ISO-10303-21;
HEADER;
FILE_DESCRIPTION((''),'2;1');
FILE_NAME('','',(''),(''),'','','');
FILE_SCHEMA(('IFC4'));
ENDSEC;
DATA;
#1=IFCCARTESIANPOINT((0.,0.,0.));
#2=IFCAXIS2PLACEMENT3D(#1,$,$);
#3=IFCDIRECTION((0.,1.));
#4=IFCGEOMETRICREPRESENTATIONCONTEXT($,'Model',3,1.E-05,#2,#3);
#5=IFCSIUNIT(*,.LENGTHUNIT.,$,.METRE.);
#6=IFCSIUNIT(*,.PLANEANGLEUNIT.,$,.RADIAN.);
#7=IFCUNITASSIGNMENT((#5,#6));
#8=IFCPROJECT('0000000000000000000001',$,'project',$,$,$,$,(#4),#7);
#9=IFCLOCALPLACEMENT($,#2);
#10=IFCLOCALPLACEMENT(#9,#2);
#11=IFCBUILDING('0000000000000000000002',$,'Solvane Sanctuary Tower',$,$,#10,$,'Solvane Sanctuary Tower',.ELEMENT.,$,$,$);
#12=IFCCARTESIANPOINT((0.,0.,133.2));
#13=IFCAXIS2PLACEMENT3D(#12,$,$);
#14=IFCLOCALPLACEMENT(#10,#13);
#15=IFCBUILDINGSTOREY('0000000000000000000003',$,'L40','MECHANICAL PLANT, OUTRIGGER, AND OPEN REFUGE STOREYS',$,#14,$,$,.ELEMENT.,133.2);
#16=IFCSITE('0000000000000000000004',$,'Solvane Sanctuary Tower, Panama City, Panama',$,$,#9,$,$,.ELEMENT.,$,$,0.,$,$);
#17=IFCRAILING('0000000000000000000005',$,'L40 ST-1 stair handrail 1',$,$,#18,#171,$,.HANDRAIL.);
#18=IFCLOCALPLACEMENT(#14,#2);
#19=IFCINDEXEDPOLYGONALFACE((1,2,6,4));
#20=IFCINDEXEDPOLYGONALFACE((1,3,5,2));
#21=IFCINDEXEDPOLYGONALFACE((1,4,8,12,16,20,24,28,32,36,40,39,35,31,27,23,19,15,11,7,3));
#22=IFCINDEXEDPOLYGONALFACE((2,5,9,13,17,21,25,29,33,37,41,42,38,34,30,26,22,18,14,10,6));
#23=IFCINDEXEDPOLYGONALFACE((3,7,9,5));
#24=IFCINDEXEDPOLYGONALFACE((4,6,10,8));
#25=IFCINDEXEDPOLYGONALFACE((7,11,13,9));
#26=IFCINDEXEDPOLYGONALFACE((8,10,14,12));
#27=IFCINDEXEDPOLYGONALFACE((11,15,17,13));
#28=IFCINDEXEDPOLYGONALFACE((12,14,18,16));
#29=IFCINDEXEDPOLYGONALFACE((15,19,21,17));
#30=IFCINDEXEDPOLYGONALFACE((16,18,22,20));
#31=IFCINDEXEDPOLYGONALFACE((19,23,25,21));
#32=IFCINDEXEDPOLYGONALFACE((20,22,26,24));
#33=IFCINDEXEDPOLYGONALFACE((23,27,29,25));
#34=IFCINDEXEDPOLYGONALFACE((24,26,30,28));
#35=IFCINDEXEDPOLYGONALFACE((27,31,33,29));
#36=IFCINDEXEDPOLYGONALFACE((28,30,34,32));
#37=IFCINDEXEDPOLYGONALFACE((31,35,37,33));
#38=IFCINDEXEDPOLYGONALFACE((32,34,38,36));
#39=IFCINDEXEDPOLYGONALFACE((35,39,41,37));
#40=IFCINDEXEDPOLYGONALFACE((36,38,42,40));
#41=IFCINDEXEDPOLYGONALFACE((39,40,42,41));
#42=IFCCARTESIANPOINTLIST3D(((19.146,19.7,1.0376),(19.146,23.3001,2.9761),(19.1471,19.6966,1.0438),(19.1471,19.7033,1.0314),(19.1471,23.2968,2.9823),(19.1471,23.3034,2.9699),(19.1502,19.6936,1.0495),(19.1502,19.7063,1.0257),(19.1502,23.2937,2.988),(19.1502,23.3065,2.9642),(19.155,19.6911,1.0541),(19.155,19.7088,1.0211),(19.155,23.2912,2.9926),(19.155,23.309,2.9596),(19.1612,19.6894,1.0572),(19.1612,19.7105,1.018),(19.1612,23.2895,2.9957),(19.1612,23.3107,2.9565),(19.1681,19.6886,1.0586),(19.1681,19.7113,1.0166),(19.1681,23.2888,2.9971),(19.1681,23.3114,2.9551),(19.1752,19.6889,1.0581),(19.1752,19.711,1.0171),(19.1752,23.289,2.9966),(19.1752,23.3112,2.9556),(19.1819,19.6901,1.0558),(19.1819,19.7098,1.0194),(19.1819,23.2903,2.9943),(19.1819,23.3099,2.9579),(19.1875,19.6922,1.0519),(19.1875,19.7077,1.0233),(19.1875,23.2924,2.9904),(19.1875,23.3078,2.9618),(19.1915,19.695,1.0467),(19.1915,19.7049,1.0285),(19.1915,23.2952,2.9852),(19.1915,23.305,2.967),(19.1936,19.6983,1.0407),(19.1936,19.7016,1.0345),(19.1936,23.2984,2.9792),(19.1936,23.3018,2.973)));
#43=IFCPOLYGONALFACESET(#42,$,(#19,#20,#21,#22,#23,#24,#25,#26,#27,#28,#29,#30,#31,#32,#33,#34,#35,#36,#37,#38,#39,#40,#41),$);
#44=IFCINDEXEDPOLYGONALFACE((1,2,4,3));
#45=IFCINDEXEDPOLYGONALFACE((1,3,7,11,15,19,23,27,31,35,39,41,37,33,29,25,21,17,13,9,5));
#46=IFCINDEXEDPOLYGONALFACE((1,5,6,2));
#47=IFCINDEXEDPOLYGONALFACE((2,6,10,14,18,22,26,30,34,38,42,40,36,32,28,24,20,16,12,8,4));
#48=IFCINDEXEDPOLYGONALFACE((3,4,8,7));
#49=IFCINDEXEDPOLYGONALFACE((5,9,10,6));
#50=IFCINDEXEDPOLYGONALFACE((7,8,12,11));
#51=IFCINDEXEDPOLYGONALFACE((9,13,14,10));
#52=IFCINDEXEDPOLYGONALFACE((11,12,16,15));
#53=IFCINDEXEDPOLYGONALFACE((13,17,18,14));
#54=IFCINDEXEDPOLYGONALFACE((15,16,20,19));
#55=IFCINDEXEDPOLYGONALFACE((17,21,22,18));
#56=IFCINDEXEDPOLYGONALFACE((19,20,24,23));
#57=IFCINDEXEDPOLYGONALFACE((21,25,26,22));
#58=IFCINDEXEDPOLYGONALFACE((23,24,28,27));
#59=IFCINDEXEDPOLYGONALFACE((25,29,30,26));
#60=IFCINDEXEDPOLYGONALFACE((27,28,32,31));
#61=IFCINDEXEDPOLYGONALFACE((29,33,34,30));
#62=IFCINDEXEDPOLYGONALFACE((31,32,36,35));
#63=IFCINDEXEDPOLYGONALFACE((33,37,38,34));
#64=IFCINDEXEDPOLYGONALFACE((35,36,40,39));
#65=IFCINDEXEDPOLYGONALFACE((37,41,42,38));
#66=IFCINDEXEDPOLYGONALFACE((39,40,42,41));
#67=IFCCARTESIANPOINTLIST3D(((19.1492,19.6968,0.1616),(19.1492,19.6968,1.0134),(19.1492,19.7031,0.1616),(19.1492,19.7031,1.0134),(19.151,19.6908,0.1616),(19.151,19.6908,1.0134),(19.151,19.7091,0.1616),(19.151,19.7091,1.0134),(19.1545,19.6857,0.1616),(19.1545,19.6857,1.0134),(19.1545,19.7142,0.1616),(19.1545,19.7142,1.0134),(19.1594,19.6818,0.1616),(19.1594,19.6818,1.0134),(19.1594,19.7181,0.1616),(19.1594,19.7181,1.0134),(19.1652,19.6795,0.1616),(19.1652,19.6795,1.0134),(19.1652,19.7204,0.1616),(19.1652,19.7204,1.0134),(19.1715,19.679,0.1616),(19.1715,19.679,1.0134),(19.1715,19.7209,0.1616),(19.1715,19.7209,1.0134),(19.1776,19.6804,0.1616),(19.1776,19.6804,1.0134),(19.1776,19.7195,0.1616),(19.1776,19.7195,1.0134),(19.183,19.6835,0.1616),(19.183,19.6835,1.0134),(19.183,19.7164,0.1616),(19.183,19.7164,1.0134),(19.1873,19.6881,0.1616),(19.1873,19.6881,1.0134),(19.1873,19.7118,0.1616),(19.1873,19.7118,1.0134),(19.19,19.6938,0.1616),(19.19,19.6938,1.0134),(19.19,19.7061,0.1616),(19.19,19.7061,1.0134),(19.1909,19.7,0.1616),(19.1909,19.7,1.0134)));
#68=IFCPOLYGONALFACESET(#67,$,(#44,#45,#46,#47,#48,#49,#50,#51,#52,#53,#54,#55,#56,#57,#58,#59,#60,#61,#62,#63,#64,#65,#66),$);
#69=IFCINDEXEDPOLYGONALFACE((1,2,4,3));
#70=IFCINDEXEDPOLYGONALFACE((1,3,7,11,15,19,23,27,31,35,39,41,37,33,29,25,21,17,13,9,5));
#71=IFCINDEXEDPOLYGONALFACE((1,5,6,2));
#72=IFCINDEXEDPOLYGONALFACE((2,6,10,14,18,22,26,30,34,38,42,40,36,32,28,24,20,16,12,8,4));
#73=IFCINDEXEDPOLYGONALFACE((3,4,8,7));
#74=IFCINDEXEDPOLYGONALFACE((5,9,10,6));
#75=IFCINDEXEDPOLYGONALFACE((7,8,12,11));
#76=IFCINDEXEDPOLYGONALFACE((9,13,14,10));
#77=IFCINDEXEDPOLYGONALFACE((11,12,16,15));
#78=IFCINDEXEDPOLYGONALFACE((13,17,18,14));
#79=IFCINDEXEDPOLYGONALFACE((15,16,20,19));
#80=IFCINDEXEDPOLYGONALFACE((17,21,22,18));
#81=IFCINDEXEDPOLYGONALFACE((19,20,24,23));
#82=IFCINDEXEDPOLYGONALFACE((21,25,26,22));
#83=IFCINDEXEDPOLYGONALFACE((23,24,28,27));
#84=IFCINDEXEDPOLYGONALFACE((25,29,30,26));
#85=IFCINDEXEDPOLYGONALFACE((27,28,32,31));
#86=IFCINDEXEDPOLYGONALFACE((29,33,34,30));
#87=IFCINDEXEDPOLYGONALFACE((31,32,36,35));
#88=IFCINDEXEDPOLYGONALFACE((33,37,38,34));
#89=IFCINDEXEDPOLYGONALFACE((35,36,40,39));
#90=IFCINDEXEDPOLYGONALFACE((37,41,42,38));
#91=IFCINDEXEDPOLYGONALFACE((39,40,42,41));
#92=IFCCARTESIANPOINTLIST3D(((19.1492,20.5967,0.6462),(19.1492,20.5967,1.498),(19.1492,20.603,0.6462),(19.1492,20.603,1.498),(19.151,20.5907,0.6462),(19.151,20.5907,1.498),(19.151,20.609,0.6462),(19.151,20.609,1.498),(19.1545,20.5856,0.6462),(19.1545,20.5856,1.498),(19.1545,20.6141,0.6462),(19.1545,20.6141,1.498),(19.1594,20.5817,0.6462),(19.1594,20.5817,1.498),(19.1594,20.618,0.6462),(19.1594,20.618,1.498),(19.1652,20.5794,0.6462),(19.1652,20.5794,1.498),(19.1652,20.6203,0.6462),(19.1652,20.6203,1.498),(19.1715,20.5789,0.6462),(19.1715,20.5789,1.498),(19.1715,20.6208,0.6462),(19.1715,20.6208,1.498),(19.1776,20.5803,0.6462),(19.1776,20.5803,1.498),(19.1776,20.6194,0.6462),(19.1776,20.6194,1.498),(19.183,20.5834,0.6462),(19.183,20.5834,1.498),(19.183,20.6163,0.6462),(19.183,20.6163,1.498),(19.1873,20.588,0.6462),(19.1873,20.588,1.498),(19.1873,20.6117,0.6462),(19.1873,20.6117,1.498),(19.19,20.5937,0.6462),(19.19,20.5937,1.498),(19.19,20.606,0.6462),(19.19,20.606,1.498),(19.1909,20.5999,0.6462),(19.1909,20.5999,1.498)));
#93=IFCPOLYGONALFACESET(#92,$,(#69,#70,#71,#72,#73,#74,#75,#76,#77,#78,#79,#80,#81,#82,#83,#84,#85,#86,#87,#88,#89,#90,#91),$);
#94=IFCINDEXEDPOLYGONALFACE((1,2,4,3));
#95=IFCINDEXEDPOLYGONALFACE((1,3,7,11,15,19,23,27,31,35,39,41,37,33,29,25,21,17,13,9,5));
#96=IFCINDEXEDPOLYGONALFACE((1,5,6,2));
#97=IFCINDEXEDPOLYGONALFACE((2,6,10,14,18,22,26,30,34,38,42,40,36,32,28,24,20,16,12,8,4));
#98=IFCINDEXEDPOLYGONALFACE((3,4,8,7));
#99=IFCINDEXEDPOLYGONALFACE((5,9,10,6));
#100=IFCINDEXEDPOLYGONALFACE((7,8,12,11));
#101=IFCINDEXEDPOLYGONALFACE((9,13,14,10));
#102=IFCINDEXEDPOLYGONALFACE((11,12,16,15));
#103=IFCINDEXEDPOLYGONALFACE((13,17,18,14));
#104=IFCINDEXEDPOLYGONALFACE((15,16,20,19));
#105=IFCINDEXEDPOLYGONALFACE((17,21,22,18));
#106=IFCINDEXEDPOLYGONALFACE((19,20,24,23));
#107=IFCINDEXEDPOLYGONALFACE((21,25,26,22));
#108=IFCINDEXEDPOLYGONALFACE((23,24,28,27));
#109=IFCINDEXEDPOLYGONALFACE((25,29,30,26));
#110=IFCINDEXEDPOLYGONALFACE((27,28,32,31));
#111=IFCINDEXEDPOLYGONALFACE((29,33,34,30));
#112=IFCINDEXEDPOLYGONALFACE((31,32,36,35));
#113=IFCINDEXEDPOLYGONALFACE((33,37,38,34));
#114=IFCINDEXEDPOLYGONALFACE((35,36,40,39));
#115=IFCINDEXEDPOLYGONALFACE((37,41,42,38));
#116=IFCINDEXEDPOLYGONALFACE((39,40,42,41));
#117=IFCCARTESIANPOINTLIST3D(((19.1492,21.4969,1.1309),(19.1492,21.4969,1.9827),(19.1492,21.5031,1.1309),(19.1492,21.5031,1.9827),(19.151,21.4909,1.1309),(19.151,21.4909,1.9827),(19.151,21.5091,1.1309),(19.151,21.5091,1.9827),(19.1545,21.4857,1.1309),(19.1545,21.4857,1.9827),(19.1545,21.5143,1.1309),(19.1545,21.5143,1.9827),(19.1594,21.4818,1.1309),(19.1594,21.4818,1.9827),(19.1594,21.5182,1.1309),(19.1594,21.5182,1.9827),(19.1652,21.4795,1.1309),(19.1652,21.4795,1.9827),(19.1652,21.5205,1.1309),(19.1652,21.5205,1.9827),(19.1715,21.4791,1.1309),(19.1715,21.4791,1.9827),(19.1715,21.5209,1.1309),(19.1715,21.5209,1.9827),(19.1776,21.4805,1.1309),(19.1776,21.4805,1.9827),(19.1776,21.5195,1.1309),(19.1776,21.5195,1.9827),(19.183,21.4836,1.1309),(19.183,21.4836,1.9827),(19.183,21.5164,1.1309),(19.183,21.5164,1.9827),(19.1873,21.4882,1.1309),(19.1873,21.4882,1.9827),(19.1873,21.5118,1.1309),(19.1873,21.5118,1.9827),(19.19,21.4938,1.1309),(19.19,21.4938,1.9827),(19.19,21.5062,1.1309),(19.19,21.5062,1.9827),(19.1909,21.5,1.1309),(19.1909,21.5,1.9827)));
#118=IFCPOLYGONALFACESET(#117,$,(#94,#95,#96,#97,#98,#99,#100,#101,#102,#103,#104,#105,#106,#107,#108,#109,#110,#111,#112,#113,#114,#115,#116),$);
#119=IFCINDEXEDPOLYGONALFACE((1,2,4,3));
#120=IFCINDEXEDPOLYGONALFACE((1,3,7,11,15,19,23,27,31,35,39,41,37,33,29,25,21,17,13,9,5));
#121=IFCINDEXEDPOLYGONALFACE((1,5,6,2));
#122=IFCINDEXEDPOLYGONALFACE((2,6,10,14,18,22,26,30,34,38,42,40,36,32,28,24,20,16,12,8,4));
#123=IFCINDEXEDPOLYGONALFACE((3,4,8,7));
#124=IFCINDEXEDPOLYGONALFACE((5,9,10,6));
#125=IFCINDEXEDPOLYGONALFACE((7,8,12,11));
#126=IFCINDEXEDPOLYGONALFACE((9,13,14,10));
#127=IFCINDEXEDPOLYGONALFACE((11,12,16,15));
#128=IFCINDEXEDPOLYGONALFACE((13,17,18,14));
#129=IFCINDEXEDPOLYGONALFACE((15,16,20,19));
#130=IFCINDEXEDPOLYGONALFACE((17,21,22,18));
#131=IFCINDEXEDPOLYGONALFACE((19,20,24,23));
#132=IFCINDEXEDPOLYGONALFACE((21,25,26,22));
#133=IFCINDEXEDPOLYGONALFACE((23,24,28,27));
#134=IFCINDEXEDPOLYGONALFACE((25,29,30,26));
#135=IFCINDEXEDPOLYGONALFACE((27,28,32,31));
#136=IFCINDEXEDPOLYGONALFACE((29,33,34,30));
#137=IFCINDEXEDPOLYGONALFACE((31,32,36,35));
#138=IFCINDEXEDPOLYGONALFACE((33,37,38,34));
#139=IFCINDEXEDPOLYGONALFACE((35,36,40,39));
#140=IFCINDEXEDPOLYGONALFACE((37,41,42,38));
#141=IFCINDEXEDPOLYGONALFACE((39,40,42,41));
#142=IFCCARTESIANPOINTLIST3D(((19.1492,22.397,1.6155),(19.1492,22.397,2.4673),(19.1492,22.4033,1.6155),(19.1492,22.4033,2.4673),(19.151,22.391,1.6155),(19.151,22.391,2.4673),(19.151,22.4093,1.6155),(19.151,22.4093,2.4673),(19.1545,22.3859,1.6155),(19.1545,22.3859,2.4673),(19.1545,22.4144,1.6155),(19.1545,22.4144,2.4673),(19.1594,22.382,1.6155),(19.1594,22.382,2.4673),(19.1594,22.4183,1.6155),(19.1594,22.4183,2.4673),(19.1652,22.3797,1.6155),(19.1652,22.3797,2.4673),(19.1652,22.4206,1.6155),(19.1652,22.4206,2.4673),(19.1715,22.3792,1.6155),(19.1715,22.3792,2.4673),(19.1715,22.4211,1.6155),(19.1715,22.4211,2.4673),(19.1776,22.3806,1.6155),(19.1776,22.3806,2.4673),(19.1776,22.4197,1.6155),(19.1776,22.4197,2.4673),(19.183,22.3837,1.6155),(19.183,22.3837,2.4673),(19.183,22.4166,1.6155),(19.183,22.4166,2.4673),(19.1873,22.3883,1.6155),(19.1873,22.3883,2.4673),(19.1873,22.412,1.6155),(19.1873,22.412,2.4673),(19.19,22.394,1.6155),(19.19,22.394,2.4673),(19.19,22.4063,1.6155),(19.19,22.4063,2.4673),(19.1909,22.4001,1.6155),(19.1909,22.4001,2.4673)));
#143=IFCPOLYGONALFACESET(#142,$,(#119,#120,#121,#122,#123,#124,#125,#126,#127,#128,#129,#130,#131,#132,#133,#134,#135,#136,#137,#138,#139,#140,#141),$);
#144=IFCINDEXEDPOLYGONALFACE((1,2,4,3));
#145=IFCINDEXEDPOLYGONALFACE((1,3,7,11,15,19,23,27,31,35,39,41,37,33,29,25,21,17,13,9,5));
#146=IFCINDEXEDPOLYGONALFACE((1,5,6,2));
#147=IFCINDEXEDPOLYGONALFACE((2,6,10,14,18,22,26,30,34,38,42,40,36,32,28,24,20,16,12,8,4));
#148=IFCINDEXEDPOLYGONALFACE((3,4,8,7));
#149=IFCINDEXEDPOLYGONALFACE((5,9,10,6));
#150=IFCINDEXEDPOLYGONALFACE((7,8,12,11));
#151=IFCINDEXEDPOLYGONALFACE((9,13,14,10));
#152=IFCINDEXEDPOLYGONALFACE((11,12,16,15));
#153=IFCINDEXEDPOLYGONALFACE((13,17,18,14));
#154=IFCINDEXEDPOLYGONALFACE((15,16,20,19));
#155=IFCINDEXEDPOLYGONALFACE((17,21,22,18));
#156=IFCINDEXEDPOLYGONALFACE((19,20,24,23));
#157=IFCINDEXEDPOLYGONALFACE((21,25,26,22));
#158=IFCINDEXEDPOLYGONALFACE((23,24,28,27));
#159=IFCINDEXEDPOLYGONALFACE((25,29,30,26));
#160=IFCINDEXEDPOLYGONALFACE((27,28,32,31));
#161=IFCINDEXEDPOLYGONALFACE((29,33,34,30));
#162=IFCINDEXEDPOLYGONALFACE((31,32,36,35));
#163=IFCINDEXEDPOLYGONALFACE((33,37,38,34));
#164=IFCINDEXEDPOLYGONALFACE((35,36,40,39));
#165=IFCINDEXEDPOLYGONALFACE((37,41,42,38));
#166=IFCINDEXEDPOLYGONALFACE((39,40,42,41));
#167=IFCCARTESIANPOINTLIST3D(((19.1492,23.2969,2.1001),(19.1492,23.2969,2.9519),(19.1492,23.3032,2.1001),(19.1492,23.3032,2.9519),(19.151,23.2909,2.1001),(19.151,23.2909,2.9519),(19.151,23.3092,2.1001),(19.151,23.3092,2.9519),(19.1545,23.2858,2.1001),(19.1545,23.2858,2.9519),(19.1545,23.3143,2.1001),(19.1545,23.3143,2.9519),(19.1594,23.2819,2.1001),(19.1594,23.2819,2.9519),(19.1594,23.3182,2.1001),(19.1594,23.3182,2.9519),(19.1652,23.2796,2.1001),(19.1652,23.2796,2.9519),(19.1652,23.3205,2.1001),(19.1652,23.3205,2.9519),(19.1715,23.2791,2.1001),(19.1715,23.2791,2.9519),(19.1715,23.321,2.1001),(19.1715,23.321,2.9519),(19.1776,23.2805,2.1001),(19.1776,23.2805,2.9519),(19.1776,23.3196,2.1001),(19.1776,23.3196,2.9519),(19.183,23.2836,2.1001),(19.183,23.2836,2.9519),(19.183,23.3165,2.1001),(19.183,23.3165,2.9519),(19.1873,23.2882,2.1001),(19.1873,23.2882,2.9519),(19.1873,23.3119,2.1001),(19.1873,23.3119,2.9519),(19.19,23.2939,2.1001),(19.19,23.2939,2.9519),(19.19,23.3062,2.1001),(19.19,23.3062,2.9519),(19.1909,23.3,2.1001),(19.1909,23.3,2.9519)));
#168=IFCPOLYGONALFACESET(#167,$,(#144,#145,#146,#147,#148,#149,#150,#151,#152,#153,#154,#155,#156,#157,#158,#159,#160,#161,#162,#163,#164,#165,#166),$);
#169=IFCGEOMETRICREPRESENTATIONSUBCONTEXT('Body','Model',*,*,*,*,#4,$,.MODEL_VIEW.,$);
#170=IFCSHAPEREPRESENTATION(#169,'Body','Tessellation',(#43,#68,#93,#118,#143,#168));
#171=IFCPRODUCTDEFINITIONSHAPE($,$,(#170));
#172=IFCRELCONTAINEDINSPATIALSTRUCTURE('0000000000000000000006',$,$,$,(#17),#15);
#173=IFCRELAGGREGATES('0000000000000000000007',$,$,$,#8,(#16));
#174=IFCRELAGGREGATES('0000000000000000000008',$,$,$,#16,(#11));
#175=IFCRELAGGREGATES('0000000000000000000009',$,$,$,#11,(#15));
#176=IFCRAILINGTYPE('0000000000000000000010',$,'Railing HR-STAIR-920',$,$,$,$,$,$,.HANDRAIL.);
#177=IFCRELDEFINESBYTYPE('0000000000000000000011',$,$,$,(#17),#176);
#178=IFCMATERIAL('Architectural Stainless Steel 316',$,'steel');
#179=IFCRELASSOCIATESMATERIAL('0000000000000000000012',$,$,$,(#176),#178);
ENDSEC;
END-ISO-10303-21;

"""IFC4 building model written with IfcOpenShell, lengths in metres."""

from ifc_helpers import new_model, si_unit, direction, frame, origin, origin_2d, place, context, subcontext, project, spatial, circle, extrude, material, type_object, element, save


model = new_model("IFC4")

# Units and contexts
model_context = context("Model", 3, precision=1e-05, world=origin(), true_north=direction((0.0, 1.0)))
body_context = subcontext(model_context, "Body", "Model", "MODEL_VIEW")
ifc_project = project(units=[si_unit("LENGTHUNIT", "METRE"), si_unit("PLANEANGLEUNIT", "RADIAN")], contexts=[model_context])

# Site, building, storey
site_placement = place(None, origin())
site = spatial("IfcSite", under=ifc_project, at=site_placement, Name="Solvane Sanctuary Tower, Panama City, Panama", CompositionType="ELEMENT", RefElevation=0.0)
building_placement = place(site_placement, origin())
building = spatial("IfcBuilding", under=site, at=building_placement, Name="Solvane Sanctuary Tower", LongName="Solvane Sanctuary Tower", CompositionType="ELEMENT")
storey_placement = place(building_placement, frame((0.0, 0.0, 133.2)))
storey = spatial("IfcBuildingStorey", under=building, at=storey_placement, Name="L40", Description="MECHANICAL PLANT, OUTRIGGER, AND OPEN REFUGE STOREYS", CompositionType="ELEMENT", Elevation=133.2)

# Shared definitions
ifc_material_1 = material(Name="Architectural Stainless Steel 316", Category="steel")

# Railing
railing_type_1 = type_object("IfcRailingType", Name="Railing HR-STAIR-920", PredefinedType="HANDRAIL", material=ifc_material_1)
for number, where, name in (
    (1, (19.1699, 19.7, 0.1616), "L40 ST-1 stair handrail 1"),
):
    element("IfcRailing", number, at=place(storey_placement, frame(where)), inside=storey, type_object=railing_type_1, Name=name, PredefinedType="HANDRAIL", context=body_context, shape_type="SweptSolid", body=[
        extrude(circle(Radius=0.0239, at=origin_2d()), frame((0.0, 0.0, 0.876), z_axis=(0.0, 0.880475, 0.474093), x_axis=(-1.0, 0.0, 0.0)), (0.0, 0.0, 1.0), 4.0889),
        extrude(circle(Radius=0.021, at=origin_2d()), origin(), (0.0, 0.0, 1.0), 0.8518),
        extrude(circle(Radius=0.021, at=origin_2d()), frame((0.0, 0.8999, 0.4846)), (0.0, 0.0, 1.0), 0.8518),
        extrude(circle(Radius=0.021, at=origin_2d()), frame((0.0, 1.8, 0.9692)), (0.0, 0.0, 1.0), 0.8518),
        extrude(circle(Radius=0.021, at=origin_2d()), frame((0.0, 2.7002, 1.4539)), (0.0, 0.0, 1.0), 0.8518),
        extrude(circle(Radius=0.021, at=origin_2d()), frame((0.0, 3.6001, 1.9385)), (0.0, 0.0, 1.0), 0.8518),
    ])

save(model, "model.ifc")
